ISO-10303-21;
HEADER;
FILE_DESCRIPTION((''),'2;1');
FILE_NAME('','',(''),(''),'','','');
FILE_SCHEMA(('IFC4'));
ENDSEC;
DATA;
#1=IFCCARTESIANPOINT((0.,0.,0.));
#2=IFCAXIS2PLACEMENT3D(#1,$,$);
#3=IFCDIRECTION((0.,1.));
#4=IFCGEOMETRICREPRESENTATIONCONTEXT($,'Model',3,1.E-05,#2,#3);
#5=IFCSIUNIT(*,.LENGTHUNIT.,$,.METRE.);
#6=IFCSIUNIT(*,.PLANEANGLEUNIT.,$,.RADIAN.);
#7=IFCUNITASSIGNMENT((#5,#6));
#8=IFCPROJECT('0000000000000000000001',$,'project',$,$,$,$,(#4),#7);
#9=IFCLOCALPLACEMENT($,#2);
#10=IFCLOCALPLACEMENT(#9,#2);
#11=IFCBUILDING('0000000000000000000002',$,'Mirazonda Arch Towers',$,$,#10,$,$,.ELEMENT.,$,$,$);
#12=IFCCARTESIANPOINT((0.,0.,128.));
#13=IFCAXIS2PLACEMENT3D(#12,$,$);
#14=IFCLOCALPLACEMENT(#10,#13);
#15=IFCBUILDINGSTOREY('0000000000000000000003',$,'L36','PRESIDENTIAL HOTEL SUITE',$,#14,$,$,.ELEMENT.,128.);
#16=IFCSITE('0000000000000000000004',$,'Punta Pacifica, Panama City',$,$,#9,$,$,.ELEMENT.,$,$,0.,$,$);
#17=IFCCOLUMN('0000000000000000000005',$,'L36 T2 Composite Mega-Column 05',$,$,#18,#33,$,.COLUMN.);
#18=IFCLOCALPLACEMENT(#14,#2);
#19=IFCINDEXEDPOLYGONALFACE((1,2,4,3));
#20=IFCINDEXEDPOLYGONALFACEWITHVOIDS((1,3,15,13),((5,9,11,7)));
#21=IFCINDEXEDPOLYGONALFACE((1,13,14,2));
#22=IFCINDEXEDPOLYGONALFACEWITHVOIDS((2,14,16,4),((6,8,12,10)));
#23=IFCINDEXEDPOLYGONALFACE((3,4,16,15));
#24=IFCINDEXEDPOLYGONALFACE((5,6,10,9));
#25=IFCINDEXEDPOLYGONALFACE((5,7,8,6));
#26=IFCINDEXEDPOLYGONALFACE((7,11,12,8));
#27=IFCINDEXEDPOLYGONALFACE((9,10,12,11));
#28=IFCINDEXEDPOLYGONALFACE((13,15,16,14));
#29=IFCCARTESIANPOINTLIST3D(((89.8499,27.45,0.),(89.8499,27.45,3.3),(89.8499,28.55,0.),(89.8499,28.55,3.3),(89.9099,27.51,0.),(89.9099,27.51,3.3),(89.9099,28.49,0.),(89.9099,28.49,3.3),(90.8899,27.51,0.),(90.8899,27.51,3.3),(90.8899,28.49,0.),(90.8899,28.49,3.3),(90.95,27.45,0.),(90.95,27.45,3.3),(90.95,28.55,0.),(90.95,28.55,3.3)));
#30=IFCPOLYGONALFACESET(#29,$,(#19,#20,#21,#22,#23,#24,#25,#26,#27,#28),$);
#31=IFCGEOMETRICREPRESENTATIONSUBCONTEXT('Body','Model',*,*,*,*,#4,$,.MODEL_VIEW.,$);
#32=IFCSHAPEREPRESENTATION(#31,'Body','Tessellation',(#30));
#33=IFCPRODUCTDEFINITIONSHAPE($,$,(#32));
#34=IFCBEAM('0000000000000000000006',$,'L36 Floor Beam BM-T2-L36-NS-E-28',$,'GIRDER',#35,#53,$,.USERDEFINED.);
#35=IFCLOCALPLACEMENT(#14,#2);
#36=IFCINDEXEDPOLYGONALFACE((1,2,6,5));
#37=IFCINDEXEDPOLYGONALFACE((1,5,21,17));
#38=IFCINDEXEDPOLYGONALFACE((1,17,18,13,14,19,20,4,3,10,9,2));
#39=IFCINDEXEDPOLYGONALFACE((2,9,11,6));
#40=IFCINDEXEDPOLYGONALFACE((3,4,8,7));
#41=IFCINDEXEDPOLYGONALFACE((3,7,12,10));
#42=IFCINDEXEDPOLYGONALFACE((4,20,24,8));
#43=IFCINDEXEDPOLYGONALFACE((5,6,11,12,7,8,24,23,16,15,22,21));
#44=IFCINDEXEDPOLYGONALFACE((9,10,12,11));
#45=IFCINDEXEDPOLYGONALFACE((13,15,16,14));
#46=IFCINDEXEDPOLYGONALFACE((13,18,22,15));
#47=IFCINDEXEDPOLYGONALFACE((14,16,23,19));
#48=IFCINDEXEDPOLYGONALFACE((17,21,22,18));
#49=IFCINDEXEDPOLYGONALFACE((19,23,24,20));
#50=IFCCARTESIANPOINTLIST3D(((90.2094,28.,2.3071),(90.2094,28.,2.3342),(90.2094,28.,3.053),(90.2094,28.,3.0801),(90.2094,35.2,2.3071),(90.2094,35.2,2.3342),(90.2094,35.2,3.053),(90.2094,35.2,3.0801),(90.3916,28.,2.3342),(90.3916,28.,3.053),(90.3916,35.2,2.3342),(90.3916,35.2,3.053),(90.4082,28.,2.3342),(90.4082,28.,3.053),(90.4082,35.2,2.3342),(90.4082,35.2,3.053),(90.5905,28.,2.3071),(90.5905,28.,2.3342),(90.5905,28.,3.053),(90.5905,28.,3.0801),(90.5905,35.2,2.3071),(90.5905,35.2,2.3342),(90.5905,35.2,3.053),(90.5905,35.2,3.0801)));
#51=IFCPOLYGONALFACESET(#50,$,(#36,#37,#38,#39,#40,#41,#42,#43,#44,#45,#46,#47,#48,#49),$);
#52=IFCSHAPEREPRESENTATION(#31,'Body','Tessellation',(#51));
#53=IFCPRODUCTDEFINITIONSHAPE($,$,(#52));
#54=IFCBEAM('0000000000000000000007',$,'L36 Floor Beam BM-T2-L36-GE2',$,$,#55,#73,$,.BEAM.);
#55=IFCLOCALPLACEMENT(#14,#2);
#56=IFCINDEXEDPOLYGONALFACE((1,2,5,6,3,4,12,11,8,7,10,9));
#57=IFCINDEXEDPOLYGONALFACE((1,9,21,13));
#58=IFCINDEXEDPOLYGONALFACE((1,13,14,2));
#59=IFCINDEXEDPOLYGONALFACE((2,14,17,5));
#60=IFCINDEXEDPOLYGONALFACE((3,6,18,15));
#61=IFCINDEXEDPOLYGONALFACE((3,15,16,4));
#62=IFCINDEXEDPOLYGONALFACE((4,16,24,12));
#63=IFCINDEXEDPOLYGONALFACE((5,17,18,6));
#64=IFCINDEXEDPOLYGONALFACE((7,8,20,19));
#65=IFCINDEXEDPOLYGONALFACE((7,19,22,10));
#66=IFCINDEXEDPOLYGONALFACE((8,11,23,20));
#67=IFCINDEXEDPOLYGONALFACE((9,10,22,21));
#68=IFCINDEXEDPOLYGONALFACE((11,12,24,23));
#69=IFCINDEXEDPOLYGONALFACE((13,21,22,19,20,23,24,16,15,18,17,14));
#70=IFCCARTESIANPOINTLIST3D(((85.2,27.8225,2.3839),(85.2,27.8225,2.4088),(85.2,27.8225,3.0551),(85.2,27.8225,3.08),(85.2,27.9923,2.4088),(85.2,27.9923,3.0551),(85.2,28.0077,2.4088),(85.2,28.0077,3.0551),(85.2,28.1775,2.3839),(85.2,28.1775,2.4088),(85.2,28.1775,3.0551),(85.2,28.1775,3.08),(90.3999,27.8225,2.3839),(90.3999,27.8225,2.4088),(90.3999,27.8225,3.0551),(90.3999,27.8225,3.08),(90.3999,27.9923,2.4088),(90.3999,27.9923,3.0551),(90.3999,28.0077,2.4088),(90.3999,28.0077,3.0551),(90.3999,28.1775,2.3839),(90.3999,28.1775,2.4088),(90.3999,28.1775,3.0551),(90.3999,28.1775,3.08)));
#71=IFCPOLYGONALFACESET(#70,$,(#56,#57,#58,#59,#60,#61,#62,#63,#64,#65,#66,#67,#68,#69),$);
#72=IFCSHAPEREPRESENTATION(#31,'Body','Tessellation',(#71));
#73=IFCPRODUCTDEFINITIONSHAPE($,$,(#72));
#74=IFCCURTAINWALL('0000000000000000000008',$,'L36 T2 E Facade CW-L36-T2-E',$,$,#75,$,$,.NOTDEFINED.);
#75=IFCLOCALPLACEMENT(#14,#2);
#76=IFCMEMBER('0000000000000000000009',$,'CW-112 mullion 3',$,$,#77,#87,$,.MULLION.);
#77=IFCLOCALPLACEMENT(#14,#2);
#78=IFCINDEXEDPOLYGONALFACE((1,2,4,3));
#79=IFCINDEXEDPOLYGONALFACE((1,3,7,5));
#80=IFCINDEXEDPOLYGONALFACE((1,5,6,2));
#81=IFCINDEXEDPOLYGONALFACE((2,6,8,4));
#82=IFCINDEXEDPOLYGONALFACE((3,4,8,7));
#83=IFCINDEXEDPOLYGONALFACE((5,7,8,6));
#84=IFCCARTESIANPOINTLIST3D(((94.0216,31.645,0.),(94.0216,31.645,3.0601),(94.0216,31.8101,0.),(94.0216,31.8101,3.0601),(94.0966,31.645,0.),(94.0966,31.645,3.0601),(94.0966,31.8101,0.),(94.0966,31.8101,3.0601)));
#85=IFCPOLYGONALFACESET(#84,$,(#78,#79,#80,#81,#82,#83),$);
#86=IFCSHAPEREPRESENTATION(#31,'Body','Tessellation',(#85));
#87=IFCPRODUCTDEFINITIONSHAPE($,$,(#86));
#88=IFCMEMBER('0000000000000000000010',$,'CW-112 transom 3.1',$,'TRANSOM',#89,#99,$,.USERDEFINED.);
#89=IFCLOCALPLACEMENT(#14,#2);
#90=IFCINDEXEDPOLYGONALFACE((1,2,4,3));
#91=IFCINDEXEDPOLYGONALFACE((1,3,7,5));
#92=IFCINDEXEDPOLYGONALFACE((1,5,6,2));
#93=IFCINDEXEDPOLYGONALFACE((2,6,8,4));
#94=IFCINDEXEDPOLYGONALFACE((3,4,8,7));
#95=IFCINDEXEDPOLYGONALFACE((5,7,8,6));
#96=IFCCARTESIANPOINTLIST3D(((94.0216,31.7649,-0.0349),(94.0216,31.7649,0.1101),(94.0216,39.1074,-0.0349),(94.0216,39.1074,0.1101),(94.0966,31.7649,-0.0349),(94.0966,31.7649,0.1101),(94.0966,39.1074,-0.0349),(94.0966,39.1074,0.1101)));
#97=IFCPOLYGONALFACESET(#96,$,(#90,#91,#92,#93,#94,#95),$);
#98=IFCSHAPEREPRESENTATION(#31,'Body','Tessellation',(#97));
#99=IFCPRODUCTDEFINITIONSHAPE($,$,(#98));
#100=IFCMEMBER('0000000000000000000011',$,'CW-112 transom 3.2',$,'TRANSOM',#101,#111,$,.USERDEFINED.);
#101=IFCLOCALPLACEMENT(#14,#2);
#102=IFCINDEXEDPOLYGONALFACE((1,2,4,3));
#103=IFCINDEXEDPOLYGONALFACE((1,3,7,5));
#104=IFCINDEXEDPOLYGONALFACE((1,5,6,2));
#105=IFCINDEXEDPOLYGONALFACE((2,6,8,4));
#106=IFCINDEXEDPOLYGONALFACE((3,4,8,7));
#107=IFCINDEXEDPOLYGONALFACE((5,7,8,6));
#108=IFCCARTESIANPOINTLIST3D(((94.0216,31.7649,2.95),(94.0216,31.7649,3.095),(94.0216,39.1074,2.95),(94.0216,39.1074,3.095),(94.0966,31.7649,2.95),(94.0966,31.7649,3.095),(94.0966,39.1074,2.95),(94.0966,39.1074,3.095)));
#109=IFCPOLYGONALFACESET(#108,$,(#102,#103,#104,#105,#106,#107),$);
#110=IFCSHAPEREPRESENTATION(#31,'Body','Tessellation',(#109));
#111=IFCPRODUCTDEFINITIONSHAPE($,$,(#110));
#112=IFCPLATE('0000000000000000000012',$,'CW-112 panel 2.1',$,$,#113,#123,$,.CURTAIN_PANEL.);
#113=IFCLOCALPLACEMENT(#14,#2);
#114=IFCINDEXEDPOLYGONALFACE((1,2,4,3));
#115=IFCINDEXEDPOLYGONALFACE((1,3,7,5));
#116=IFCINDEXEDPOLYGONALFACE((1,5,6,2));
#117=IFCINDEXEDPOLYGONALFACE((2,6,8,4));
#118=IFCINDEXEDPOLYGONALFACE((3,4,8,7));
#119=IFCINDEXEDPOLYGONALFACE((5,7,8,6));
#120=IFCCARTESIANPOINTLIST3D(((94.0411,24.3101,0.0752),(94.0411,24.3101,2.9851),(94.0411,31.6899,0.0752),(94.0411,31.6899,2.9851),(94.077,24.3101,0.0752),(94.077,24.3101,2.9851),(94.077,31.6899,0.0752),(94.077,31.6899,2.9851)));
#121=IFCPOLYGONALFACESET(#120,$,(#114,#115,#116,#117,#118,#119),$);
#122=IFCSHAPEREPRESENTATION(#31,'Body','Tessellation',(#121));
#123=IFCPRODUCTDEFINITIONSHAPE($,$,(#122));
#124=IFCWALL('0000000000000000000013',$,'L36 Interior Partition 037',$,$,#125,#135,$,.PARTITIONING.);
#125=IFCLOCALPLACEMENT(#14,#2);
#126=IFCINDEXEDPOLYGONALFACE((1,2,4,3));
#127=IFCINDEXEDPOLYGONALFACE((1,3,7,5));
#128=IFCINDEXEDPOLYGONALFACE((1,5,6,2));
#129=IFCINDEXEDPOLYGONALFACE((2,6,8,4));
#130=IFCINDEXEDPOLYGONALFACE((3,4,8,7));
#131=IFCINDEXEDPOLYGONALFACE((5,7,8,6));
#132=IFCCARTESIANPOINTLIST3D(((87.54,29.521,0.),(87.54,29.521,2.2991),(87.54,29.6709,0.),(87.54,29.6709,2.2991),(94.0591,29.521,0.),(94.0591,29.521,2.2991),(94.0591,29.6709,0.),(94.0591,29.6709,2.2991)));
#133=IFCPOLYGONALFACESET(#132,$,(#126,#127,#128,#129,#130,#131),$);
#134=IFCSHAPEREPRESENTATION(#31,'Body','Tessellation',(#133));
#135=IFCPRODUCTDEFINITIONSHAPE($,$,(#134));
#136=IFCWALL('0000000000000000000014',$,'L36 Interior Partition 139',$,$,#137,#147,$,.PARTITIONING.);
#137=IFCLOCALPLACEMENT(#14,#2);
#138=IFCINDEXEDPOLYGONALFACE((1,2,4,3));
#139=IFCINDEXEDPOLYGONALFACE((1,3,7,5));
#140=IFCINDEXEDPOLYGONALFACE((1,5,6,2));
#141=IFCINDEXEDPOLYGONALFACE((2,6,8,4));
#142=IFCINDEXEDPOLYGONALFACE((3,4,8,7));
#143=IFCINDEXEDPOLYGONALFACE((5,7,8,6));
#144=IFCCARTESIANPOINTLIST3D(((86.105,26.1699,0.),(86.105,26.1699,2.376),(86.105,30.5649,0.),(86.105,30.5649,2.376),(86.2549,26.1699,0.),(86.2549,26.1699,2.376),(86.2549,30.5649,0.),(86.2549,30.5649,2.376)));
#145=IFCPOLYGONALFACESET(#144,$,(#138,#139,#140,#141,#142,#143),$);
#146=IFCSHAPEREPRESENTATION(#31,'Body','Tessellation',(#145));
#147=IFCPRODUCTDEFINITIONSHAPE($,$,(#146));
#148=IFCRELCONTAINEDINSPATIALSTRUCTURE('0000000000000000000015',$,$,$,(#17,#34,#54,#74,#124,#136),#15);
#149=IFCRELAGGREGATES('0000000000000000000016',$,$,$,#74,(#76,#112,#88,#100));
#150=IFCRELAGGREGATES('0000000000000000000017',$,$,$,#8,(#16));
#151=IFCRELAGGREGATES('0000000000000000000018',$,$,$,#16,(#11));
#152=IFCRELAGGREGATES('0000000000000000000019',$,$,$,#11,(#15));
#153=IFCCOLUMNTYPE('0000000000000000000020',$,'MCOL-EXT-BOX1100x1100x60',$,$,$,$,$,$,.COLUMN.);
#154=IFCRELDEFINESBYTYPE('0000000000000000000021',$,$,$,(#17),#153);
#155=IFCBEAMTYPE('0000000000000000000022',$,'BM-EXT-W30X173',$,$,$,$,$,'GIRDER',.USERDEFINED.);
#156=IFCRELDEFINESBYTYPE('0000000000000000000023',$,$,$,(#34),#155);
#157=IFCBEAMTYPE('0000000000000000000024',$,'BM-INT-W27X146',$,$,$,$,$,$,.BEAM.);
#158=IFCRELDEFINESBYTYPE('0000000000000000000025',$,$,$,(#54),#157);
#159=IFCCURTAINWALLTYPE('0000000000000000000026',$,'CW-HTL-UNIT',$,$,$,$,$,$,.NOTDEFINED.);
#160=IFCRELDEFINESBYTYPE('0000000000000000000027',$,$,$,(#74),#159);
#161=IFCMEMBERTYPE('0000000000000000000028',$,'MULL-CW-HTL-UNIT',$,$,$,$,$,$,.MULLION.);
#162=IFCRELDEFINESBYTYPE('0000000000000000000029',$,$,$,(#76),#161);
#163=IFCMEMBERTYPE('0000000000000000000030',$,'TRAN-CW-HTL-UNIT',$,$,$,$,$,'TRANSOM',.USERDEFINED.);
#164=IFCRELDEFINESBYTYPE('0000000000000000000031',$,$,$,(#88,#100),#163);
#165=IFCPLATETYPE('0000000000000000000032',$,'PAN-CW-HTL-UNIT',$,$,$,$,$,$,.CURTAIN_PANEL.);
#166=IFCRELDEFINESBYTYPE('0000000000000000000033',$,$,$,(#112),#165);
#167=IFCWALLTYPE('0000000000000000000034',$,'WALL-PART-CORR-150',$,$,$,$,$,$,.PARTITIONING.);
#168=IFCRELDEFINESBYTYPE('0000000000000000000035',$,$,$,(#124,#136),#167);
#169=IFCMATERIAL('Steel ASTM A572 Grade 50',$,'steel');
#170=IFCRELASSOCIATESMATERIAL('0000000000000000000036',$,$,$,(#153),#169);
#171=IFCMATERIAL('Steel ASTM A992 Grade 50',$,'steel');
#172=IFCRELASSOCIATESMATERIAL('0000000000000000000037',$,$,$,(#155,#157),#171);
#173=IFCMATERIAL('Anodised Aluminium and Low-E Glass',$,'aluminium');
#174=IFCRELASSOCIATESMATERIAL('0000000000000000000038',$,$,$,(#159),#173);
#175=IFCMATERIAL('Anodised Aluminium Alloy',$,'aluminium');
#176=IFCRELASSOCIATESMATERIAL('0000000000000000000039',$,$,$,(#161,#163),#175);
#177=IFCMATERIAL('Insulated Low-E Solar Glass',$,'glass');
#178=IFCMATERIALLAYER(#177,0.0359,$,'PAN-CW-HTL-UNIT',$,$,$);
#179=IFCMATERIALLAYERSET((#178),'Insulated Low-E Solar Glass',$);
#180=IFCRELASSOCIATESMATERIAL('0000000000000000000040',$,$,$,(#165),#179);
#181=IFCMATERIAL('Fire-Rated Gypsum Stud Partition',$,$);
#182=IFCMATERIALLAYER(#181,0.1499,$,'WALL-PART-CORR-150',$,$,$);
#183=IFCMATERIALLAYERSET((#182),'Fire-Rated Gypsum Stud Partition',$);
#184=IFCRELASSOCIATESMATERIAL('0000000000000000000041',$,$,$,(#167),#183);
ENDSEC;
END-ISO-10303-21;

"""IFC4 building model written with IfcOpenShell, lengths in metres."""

from ifc_helpers import new_model, si_unit, direction, frame, frame_2d, origin, origin_2d, place, context, subcontext, project, spatial, rectangle, hollow_rectangle, i_section, extrude, material, layer, layer_set, material_profile, profile_set, type_object, element, aggregate, save


model = new_model("IFC4")

# Units and contexts
model_context = context("Model", 3, precision=1e-05, world=origin(), true_north=direction((0.0, 1.0)))
body_context = subcontext(model_context, "Body", "Model", "MODEL_VIEW")
ifc_project = project(units=[si_unit("LENGTHUNIT", "METRE"), si_unit("PLANEANGLEUNIT", "RADIAN")], contexts=[model_context])

# Site, building, storey
site_placement = place(None, origin())
site = spatial("IfcSite", under=ifc_project, at=site_placement, Name="Punta Pacifica, Panama City", CompositionType="ELEMENT", RefElevation=0.0)
building_placement = place(site_placement, origin())
building = spatial("IfcBuilding", under=site, at=building_placement, Name="Mirazonda Arch Towers", CompositionType="ELEMENT")
storey_placement = place(building_placement, frame((0.0, 0.0, 128.0)))
storey = spatial("IfcBuildingStorey", under=building, at=storey_placement, Name="L36", Description="PRESIDENTIAL HOTEL SUITE", CompositionType="ELEMENT", Elevation=128.0)

# Column
ifc_material_1 = material(Name="Steel ASTM A572 Grade 50", Category="steel")
ifc_material_profile_1 = material_profile(ifc_material_1, hollow_rectangle(XDim=1.1001, YDim=1.1001, WallThickness=0.0601, at=origin_2d()), Name="BOX1100x1100x60")
ifc_profile_set_1 = profile_set([ifc_material_profile_1], Name="Steel ASTM A572 Grade 50")
column_type = type_object("IfcColumnType", Name="MCOL-EXT-BOX1100x1100x60", PredefinedType="COLUMN", material=ifc_profile_set_1)
column_placement = place(storey_placement, frame((90.3999, 28.0, 0.0), z_axis=(0.0, 0.0, 1.0), x_axis=(1.0, 0.0, 0.0)))
element("IfcColumn", 1, at=column_placement, inside=storey, type_object=column_type, Name="L36 T2 Composite Mega-Column 05", PredefinedType="COLUMN", context=body_context, shape_type="SweptSolid", body=[
    extrude(hollow_rectangle(XDim=1.1001, YDim=1.1001, WallThickness=0.0601, at=origin_2d()), origin(), (0.0, 0.0, 1.0), 3.3),
])

# Beams
ifc_material_2 = material(Name="Steel ASTM A992 Grade 50", Category="steel")
ifc_material_profile_2 = material_profile(ifc_material_2, i_section(OverallWidth=0.3811, OverallDepth=0.7729, WebThickness=0.0166, FlangeThickness=0.0271, at=origin_2d()), Name="W30X173")
ifc_profile_set_2 = profile_set([ifc_material_profile_2], Name="Steel ASTM A992 Grade 50")
beam_type_1 = type_object("IfcBeamType", Name="BM-EXT-W30X173", ElementType="GIRDER", PredefinedType="USERDEFINED", material=ifc_profile_set_2)
beam_1_placement = place(storey_placement, frame((90.3999, 28.0, 2.6936), z_axis=(0.0, 1.0, 0.0), x_axis=(-1.0, 0.0, 0.0)))
element("IfcBeam", 2, at=beam_1_placement, inside=storey, type_object=beam_type_1, Name="L36 Floor Beam BM-T2-L36-NS-E-28", ObjectType="GIRDER", PredefinedType="USERDEFINED", context=body_context, shape_type="SweptSolid", body=[
    extrude(i_section(OverallWidth=0.3811, OverallDepth=0.7729, WebThickness=0.0166, FlangeThickness=0.0271, at=origin_2d()), origin(), (0.0, 0.0, 1.0), 7.2),
])
ifc_material_profile_3 = material_profile(ifc_material_2, i_section(OverallWidth=0.355, OverallDepth=0.696, WebThickness=0.0154, FlangeThickness=0.0249, at=origin_2d()), Name="W27X146")
ifc_profile_set_3 = profile_set([ifc_material_profile_3], Name="Steel ASTM A992 Grade 50")
beam_type_2 = type_object("IfcBeamType", Name="BM-INT-W27X146", PredefinedType="BEAM", material=ifc_profile_set_3)
beam_2_placement = place(storey_placement, frame((85.2, 28.0, 2.7319), z_axis=(1.0, 0.0, 0.0), x_axis=(0.0, 1.0, 0.0)))
element("IfcBeam", 3, at=beam_2_placement, inside=storey, type_object=beam_type_2, Name="L36 Floor Beam BM-T2-L36-GE2", PredefinedType="BEAM", context=body_context, shape_type="SweptSolid", body=[
    extrude(i_section(OverallWidth=0.355, OverallDepth=0.696, WebThickness=0.0154, FlangeThickness=0.0249, at=origin_2d()), origin(), (0.0, 0.0, 1.0), 5.2),
])

# Curtain wall, members, plate
ifc_material_3 = material(Name="Anodised Aluminium and Low-E Glass", Category="aluminium")
curtain_wall_type = type_object("IfcCurtainWallType", Name="CW-HTL-UNIT", PredefinedType="NOTDEFINED", material=ifc_material_3)
curtain_wall_placement = place(storey_placement, origin())
curtain_wall = element("IfcCurtainWall", 4, at=curtain_wall_placement, inside=storey, type_object=curtain_wall_type, Name="L36 T2 E Facade CW-L36-T2-E", PredefinedType="NOTDEFINED")
ifc_material_4 = material(Name="Anodised Aluminium Alloy", Category="aluminium")
ifc_material_profile_4 = material_profile(ifc_material_4, rectangle(XDim=0.075, YDim=0.165, at=origin_2d()), Name="ALU-MULL-75x165")
ifc_profile_set_4 = profile_set([ifc_material_profile_4], Name="Anodised Aluminium Alloy")
member_type_1 = type_object("IfcMemberType", Name="MULL-CW-HTL-UNIT", PredefinedType="MULLION", material=ifc_profile_set_4)
member_1_placement = place(storey_placement, frame((94.0591, 31.7275, 0.0), z_axis=(0.0, 0.0, 1.0), x_axis=(-1.0, 0.0, 0.0)))
member_1 = element("IfcMember", 5, at=member_1_placement, type_object=member_type_1, Name="CW-112 mullion 3", PredefinedType="MULLION", context=body_context, shape_type="SweptSolid", body=[
    extrude(rectangle(XDim=0.075, YDim=0.165, at=origin_2d()), origin(), (0.0, 0.0, 1.0), 3.0601),
])
ifc_material_profile_5 = material_profile(ifc_material_4, rectangle(XDim=0.075, YDim=0.145, at=origin_2d()), Name="ALU-TRAN-75x145")
ifc_profile_set_5 = profile_set([ifc_material_profile_5], Name="Anodised Aluminium Alloy")
member_type_2 = type_object("IfcMemberType", Name="TRAN-CW-HTL-UNIT", ElementType="TRANSOM", PredefinedType="USERDEFINED", material=ifc_profile_set_5)
member_2_placement = place(storey_placement, frame((94.0591, 31.7649, 0.0376), z_axis=(0.0, 1.0, 0.0), x_axis=(-1.0, 0.0, 0.0)))
member_2 = element("IfcMember", 6, at=member_2_placement, type_object=member_type_2, Name="CW-112 transom 3.1", ObjectType="TRANSOM", PredefinedType="USERDEFINED", context=body_context, shape_type="SweptSolid", body=[
    extrude(rectangle(XDim=0.075, YDim=0.145, at=origin_2d()), origin(), (0.0, 0.0, 1.0), 7.3425),
])
member_3_placement = place(storey_placement, frame((94.0591, 31.7649, 3.0225), z_axis=(0.0, 1.0, 0.0), x_axis=(-1.0, 0.0, 0.0)))
member_3 = element("IfcMember", 7, at=member_3_placement, type_object=member_type_2, Name="CW-112 transom 3.2", ObjectType="TRANSOM", PredefinedType="USERDEFINED", context=body_context, shape_type="SweptSolid", body=[
    extrude(rectangle(XDim=0.075, YDim=0.145, at=origin_2d()), origin(), (0.0, 0.0, 1.0), 7.3425),
])
ifc_material_5 = material(Name="Insulated Low-E Solar Glass", Category="glass")
ifc_layer_1 = layer(ifc_material_5, 0.0359, Name="PAN-CW-HTL-UNIT")
ifc_layer_set_1 = layer_set([ifc_layer_1], Name="Insulated Low-E Solar Glass")
plate_type = type_object("IfcPlateType", Name="PAN-CW-HTL-UNIT", PredefinedType="CURTAIN_PANEL", material=ifc_layer_set_1)
plate_placement = place(storey_placement, frame((94.0591, 28.0, 0.0752), z_axis=(0.0, 0.0, 1.0), x_axis=(0.0, 1.0, 0.0)))
plate = element("IfcPlate", 8, at=plate_placement, type_object=plate_type, Name="CW-112 panel 2.1", PredefinedType="CURTAIN_PANEL", context=body_context, shape_type="SweptSolid", body=[
    extrude(rectangle(XDim=7.3799, YDim=0.0359, at=origin_2d()), origin(), (0.0, 0.0, 1.0), 2.9099),
])
aggregate(curtain_wall, [member_1, plate, member_2, member_3])

# Shared definitions
ifc_material_6 = material(Name="Fire-Rated Gypsum Stud Partition")
ifc_layer_2 = layer(ifc_material_6, 0.1499, Name="WALL-PART-CORR-150")
ifc_layer_set_2 = layer_set([ifc_layer_2], Name="Fire-Rated Gypsum Stud Partition")
wall_type_1 = type_object("IfcWallType", Name="WALL-PART-CORR-150", PredefinedType="PARTITIONING", material=ifc_layer_set_2)

# Wall
wall_1_placement = place(storey_placement, frame((87.54, 29.5959, 0.0), z_axis=(0.0, 0.0, 1.0), x_axis=(1.0, 0.0, 0.0)))
element("IfcWall", 9, at=wall_1_placement, inside=storey, type_object=wall_type_1, Name="L36 Interior Partition 037", PredefinedType="PARTITIONING", context=body_context, shape_type="SweptSolid", body=[
    extrude(rectangle(XDim=6.519, YDim=0.1499, at=frame_2d((3.2595, 0.0))), origin(), (0.0, 0.0, 1.0), 2.2991),
])

# Wall
wall_2_placement = place(storey_placement, frame((86.1799, 26.1699, 0.0), z_axis=(0.0, 0.0, 1.0), x_axis=(0.0, 1.0, 0.0)))
element("IfcWall", 10, at=wall_2_placement, inside=storey, type_object=wall_type_1, Name="L36 Interior Partition 139", PredefinedType="PARTITIONING", context=body_context, shape_type="SweptSolid", body=[
    extrude(rectangle(XDim=4.395, YDim=0.1499, at=frame_2d((2.1975, 0.0))), origin(), (0.0, 0.0, 1.0), 2.376),
])

save(model, "model.ifc")
